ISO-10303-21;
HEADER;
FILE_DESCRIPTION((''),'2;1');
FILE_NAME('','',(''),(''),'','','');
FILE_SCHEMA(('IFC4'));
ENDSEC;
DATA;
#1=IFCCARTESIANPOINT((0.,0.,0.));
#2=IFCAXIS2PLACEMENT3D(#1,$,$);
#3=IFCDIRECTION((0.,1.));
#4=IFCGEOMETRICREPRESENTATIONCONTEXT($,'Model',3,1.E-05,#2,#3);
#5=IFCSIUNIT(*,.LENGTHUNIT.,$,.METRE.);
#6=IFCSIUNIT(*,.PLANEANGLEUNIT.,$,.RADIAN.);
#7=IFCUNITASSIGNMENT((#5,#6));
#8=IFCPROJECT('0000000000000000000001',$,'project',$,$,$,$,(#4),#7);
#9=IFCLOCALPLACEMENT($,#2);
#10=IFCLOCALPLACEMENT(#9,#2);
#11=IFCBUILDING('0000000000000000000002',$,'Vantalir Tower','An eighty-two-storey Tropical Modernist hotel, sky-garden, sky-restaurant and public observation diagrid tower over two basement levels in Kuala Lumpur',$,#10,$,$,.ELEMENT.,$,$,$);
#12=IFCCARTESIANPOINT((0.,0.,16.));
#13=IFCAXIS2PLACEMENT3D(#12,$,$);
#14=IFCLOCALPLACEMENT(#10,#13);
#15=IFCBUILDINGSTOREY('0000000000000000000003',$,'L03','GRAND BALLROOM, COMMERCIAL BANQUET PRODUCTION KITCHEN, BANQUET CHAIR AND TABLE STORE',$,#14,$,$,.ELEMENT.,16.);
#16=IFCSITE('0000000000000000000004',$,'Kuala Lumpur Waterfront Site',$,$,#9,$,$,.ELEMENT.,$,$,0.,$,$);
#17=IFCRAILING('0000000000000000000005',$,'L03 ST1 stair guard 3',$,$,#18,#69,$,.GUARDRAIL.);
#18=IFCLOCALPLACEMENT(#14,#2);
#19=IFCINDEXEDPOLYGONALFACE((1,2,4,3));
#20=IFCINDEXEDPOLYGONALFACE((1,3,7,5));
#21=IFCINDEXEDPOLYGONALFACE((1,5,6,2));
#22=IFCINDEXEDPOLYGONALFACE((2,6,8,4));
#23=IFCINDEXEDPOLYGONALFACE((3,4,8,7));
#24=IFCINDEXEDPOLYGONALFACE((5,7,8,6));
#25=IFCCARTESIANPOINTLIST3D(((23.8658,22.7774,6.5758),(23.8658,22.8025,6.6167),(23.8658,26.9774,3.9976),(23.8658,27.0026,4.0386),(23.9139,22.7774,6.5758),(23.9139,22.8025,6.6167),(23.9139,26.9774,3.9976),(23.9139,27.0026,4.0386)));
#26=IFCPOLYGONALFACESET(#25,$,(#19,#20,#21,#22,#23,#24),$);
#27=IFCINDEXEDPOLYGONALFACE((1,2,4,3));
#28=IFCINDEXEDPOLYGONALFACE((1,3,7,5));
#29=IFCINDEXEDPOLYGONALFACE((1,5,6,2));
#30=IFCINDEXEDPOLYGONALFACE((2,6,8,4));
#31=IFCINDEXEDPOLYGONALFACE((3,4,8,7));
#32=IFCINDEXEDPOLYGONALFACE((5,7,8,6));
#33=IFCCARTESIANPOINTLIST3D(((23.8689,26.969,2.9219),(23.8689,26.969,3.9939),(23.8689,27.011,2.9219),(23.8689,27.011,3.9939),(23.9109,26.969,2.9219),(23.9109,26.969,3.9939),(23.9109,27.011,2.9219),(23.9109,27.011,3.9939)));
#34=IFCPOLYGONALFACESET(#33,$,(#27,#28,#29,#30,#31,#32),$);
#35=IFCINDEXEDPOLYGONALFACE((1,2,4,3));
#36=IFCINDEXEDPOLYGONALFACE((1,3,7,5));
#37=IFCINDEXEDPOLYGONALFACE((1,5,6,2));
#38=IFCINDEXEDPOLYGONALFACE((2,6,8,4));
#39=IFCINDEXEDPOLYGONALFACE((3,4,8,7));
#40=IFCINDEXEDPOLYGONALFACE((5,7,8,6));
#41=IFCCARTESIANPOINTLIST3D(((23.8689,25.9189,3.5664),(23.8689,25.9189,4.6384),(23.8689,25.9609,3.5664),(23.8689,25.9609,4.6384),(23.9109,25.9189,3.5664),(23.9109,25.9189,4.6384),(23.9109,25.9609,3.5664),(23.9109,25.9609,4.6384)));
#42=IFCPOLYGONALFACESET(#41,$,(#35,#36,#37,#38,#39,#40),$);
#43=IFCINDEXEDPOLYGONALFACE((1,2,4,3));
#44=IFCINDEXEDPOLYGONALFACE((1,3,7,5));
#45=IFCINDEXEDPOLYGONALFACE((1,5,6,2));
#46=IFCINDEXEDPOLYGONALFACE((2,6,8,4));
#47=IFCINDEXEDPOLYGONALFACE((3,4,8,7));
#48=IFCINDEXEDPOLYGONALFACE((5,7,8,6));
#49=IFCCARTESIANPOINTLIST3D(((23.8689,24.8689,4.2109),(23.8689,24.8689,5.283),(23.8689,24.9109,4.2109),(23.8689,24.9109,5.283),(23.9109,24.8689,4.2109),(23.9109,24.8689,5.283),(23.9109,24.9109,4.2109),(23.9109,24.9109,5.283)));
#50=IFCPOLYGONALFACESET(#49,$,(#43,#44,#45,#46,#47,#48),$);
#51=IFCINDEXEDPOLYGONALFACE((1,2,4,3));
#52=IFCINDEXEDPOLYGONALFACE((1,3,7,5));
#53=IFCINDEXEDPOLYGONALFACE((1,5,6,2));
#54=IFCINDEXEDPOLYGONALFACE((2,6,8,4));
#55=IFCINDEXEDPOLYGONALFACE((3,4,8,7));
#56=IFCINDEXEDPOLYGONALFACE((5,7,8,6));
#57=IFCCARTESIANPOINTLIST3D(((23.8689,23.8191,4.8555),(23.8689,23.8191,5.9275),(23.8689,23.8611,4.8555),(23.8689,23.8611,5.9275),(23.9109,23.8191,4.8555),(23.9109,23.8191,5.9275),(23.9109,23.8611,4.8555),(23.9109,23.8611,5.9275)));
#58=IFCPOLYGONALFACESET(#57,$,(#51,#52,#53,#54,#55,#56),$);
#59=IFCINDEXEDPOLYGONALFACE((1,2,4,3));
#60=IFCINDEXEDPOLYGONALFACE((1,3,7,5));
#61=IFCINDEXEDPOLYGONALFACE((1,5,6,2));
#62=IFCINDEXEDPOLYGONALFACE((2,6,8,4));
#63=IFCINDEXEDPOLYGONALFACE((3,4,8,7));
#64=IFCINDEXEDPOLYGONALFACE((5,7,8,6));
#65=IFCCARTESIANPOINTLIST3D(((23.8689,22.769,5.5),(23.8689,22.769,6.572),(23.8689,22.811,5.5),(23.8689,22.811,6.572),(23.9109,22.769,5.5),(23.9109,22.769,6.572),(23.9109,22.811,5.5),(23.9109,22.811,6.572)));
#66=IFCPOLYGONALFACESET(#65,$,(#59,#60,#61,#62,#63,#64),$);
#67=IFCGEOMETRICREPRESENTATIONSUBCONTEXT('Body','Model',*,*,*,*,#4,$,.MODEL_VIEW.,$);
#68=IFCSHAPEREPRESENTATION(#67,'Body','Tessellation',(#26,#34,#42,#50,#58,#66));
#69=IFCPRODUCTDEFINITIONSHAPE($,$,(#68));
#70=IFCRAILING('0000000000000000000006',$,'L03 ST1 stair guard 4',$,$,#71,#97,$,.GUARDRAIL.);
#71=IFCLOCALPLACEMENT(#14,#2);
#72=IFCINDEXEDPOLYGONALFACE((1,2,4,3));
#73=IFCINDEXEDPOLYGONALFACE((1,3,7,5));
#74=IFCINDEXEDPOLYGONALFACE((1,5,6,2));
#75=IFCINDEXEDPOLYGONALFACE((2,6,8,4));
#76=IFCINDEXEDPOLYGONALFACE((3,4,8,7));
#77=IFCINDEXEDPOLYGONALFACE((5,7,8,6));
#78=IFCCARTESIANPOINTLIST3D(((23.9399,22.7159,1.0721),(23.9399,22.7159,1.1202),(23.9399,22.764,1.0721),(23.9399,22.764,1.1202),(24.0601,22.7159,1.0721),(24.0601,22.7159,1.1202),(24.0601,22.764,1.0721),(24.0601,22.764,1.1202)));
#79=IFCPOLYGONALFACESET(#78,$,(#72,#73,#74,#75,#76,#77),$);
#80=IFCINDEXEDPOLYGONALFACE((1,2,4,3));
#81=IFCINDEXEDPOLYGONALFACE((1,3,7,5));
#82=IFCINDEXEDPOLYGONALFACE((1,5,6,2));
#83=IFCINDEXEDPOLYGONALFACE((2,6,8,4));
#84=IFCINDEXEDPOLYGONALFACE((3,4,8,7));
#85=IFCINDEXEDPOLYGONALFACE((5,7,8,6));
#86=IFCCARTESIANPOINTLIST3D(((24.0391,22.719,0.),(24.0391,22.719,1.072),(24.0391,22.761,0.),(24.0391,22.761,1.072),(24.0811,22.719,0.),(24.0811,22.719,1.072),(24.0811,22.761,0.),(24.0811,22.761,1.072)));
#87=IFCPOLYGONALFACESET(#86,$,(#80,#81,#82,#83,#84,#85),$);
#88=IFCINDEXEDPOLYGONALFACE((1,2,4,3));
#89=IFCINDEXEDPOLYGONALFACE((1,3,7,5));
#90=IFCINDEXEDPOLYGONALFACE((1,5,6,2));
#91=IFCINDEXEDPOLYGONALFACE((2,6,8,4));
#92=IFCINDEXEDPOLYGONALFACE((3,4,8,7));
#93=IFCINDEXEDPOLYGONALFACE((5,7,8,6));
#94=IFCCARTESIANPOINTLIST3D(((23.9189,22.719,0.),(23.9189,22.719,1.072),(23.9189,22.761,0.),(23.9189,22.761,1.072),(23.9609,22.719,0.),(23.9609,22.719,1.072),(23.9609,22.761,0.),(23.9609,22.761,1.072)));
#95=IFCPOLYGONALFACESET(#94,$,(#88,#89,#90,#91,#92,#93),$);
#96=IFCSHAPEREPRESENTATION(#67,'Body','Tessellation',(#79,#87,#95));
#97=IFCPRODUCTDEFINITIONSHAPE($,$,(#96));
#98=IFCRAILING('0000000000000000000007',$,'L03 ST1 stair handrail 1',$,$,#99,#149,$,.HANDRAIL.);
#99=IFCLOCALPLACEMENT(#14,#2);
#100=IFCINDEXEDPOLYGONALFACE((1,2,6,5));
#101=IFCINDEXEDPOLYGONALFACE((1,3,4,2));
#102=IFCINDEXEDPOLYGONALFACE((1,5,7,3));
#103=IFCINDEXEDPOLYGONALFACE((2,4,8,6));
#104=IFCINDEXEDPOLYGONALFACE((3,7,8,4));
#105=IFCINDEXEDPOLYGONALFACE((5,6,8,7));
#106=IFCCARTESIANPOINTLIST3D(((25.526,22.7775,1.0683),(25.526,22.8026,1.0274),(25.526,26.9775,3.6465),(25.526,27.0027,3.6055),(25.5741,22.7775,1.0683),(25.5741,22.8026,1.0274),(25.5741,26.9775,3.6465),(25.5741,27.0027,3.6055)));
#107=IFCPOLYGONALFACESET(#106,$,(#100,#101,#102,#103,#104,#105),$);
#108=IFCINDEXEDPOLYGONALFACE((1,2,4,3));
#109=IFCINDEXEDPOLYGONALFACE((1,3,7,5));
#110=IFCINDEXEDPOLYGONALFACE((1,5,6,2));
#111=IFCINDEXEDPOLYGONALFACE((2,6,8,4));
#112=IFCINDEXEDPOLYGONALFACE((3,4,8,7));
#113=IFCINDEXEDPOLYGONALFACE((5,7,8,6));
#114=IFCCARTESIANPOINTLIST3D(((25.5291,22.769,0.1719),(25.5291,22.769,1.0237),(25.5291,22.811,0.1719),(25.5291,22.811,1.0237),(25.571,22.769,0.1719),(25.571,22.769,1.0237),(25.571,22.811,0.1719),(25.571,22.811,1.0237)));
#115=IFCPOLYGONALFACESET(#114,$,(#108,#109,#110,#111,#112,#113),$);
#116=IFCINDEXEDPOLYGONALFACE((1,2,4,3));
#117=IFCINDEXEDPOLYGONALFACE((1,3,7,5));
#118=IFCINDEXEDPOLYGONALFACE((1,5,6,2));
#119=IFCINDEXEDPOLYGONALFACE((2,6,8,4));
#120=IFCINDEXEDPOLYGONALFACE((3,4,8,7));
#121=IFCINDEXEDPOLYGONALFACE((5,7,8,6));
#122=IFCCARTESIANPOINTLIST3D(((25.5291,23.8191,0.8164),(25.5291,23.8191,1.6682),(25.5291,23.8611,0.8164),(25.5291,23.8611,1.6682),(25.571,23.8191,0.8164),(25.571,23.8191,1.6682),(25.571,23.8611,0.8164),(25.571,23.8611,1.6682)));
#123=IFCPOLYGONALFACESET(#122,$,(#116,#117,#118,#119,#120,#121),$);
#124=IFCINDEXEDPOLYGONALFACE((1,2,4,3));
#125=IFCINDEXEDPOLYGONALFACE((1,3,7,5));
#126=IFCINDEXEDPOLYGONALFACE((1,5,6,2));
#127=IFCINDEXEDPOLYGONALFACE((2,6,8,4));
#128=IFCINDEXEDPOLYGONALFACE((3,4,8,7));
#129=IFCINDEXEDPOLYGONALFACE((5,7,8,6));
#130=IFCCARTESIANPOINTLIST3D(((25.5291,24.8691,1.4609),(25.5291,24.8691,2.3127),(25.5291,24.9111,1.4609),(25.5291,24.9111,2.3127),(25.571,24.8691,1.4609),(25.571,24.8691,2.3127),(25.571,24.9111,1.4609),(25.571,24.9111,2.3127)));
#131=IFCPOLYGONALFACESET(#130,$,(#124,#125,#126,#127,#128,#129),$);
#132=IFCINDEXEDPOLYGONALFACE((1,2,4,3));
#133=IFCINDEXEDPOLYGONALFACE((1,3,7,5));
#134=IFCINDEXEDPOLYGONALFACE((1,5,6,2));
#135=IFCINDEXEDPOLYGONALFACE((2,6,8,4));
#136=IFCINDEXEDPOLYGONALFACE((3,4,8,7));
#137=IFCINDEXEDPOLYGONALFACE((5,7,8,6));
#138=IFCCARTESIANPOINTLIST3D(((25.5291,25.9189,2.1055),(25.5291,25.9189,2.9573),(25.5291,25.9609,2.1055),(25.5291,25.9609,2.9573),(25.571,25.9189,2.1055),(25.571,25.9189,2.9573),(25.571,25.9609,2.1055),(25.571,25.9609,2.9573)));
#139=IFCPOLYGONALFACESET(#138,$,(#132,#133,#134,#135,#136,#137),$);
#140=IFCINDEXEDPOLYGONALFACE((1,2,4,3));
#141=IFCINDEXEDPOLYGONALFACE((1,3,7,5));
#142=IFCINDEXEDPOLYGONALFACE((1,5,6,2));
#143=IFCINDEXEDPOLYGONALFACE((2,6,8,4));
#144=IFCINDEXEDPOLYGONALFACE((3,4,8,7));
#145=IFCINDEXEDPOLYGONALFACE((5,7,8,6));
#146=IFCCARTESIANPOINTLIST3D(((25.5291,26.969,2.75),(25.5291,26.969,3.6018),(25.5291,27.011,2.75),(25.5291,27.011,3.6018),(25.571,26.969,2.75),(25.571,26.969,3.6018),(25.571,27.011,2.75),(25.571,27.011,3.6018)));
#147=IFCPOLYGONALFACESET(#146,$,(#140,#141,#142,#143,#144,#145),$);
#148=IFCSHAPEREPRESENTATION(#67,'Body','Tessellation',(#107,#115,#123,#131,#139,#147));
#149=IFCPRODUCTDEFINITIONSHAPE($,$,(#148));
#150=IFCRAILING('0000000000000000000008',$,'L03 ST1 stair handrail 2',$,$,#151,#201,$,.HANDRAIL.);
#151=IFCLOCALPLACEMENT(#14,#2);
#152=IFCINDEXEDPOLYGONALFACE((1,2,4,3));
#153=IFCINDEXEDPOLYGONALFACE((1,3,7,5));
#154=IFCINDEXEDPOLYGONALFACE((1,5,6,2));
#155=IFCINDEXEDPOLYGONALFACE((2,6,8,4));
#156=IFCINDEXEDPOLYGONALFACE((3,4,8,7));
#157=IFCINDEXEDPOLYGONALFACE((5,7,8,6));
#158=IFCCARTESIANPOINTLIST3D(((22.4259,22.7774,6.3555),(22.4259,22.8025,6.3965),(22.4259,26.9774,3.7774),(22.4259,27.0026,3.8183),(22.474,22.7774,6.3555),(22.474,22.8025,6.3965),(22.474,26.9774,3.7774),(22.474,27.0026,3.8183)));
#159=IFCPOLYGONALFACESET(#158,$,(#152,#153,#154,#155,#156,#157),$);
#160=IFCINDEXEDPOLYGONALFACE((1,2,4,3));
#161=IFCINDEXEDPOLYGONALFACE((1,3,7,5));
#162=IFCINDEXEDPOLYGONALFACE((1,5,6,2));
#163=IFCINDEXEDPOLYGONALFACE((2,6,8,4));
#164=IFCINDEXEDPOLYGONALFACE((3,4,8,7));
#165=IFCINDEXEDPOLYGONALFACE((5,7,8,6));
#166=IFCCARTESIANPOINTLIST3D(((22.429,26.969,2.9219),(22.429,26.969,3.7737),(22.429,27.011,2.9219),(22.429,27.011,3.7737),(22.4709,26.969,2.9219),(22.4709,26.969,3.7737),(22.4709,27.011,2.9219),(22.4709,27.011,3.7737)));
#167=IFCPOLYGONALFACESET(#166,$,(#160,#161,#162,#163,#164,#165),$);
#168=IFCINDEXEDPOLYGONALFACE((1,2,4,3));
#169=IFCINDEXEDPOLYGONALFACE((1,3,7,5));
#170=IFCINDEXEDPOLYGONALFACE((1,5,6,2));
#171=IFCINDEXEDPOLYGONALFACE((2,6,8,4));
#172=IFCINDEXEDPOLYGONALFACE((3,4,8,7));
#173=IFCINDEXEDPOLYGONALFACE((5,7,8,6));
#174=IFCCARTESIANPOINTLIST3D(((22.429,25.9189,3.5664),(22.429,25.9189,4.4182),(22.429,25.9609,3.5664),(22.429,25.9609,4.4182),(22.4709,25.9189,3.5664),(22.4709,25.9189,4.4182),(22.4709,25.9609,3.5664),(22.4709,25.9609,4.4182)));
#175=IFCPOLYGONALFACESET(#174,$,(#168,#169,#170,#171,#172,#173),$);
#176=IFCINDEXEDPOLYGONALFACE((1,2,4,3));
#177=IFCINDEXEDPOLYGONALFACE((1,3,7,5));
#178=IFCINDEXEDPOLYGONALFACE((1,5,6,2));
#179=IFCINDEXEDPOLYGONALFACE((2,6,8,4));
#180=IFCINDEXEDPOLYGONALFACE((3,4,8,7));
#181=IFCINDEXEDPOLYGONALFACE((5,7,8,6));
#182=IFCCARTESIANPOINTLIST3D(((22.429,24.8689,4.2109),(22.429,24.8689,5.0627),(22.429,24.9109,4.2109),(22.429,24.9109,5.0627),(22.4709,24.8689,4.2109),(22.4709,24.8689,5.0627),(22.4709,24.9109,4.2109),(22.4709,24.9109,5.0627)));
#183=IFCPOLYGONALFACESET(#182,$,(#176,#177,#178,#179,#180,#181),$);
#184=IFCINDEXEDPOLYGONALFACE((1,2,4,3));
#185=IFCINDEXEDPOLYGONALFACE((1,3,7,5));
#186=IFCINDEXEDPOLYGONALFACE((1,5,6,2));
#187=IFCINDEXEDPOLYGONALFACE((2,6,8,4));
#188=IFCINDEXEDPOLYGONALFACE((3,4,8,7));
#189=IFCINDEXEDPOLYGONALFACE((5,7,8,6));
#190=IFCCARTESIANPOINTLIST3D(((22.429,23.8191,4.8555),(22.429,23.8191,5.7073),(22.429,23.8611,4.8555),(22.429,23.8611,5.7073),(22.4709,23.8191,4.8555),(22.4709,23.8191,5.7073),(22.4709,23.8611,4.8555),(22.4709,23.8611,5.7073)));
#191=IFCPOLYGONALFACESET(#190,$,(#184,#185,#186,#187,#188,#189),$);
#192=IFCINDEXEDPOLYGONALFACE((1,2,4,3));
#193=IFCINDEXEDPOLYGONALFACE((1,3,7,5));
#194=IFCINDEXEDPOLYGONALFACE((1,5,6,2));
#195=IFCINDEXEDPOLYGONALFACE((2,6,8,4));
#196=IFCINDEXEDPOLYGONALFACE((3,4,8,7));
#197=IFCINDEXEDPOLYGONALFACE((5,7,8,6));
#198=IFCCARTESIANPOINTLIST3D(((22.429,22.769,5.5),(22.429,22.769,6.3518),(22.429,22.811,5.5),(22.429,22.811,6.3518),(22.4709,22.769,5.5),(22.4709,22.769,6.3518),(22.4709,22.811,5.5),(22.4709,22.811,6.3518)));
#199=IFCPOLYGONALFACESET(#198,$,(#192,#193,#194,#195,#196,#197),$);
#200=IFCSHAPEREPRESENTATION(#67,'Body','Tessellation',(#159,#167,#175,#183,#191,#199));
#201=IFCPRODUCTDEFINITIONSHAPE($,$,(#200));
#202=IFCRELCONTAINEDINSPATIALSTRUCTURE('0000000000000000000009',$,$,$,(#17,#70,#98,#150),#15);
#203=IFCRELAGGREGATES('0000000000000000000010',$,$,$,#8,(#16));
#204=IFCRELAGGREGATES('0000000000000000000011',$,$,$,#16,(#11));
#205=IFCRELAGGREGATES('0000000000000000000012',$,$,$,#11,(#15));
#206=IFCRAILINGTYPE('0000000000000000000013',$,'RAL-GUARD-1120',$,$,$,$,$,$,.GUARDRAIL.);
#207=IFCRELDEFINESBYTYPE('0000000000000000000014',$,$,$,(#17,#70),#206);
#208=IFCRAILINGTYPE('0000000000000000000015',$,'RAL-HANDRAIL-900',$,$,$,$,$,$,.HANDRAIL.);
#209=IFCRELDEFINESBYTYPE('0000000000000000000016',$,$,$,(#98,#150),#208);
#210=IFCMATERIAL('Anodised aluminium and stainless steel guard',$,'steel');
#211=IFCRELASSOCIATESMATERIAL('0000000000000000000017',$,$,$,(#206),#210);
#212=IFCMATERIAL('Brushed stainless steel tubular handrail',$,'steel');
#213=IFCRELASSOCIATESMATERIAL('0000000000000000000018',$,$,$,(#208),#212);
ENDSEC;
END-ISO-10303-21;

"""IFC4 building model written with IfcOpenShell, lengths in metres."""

from ifc_helpers import new_model, si_unit, direction, frame, origin, origin_2d, place, context, subcontext, project, spatial, rectangle, extrude, material, type_object, element, save


model = new_model("IFC4")

# Units and contexts
model_context = context("Model", 3, precision=1e-05, world=origin(), true_north=direction((0.0, 1.0)))
body_context = subcontext(model_context, "Body", "Model", "MODEL_VIEW")
ifc_project = project(units=[si_unit("LENGTHUNIT", "METRE"), si_unit("PLANEANGLEUNIT", "RADIAN")], contexts=[model_context])

# Site, building, storey
site_placement = place(None, origin())
site = spatial("IfcSite", under=ifc_project, at=site_placement, Name="Kuala Lumpur Waterfront Site", CompositionType="ELEMENT", RefElevation=0.0)
building_placement = place(site_placement, origin())
building = spatial("IfcBuilding", under=site, at=building_placement, Name="Vantalir Tower", Description="An eighty-two-storey Tropical Modernist hotel, sky-garden, sky-restaurant and public observation diagrid tower over two basement levels in Kuala Lumpur", CompositionType="ELEMENT")
storey_placement = place(building_placement, frame((0.0, 0.0, 16.0)))
storey = spatial("IfcBuildingStorey", under=building, at=storey_placement, Name="L03", Description="GRAND BALLROOM, COMMERCIAL BANQUET PRODUCTION KITCHEN, BANQUET CHAIR AND TABLE STORE", CompositionType="ELEMENT", Elevation=16.0)

# Railings
ifc_material_1 = material(Name="Anodised aluminium and stainless steel guard", Category="steel")
railing_type_1 = type_object("IfcRailingType", Name="RAL-GUARD-1120", PredefinedType="GUARDRAIL", material=ifc_material_1)
railing_1_placement = place(storey_placement, frame((23.8899, 26.99, 2.9219)))
element("IfcRailing", 1, at=railing_1_placement, inside=storey, type_object=railing_type_1, Name="L03 ST1 stair guard 3", PredefinedType="GUARDRAIL", context=body_context, shape_type="SweptSolid", body=[
    extrude(rectangle(XDim=0.0481, YDim=0.0481, at=origin_2d()), frame((0.0, 0.0, 1.0962), z_axis=(0.0, -0.852243, 0.523146), x_axis=(1.0, 0.0, 0.0)), (0.0, 0.0, 1.0), 4.9282),
    extrude(rectangle(XDim=0.042, YDim=0.042, at=origin_2d()), origin(), (0.0, 0.0, 1.0), 1.072),
    extrude(rectangle(XDim=0.042, YDim=0.042, at=origin_2d()), frame((0.0, -1.05, 0.6445)), (0.0, 0.0, 1.0), 1.072),
    extrude(rectangle(XDim=0.042, YDim=0.042, at=origin_2d()), frame((0.0, -2.1001, 1.2891)), (0.0, 0.0, 1.0), 1.072),
    extrude(rectangle(XDim=0.042, YDim=0.042, at=origin_2d()), frame((0.0, -3.1499, 1.9336)), (0.0, 0.0, 1.0), 1.072),
    extrude(rectangle(XDim=0.042, YDim=0.042, at=origin_2d()), frame((0.0, -4.2, 2.5781)), (0.0, 0.0, 1.0), 1.072),
])
railing_2_placement = place(storey_placement, frame((24.0601, 22.74, 0.0)))
element("IfcRailing", 2, at=railing_2_placement, inside=storey, type_object=railing_type_1, Name="L03 ST1 stair guard 4", PredefinedType="GUARDRAIL", context=body_context, shape_type="SweptSolid", body=[
    extrude(rectangle(XDim=0.0481, YDim=0.0481, at=origin_2d()), frame((0.0, 0.0, 1.0962), z_axis=(-1.0, 0.0, 0.0), x_axis=(0.0, -1.0, 0.0)), (0.0, 0.0, 1.0), 0.1201),
    extrude(rectangle(XDim=0.042, YDim=0.042, at=origin_2d()), origin(), (0.0, 0.0, 1.0), 1.072),
    extrude(rectangle(XDim=0.042, YDim=0.042, at=origin_2d()), frame((-0.1201, 0.0, 0.0)), (0.0, 0.0, 1.0), 1.072),
])
ifc_material_2 = material(Name="Brushed stainless steel tubular handrail", Category="steel")
railing_type_2 = type_object("IfcRailingType", Name="RAL-HANDRAIL-900", PredefinedType="HANDRAIL", material=ifc_material_2)
railing_3_placement = place(storey_placement, frame((25.55, 22.79, 0.1719)))
element("IfcRailing", 3, at=railing_3_placement, inside=storey, type_object=railing_type_2, Name="L03 ST1 stair handrail 1", PredefinedType="HANDRAIL", context=body_context, shape_type="SweptSolid", body=[
    extrude(rectangle(XDim=0.0481, YDim=0.0481, at=origin_2d()), frame((0.0, 0.0, 0.876), z_axis=(0.0, 0.852243, 0.523146), x_axis=(-1.0, 0.0, 0.0)), (0.0, 0.0, 1.0), 4.9282),
    extrude(rectangle(XDim=0.042, YDim=0.042, at=origin_2d()), origin(), (0.0, 0.0, 1.0), 0.8518),
    extrude(rectangle(XDim=0.042, YDim=0.042, at=origin_2d()), frame((0.0, 1.05, 0.6445)), (0.0, 0.0, 1.0), 0.8518),
    extrude(rectangle(XDim=0.042, YDim=0.042, at=origin_2d()), frame((0.0, 2.1001, 1.2891)), (0.0, 0.0, 1.0), 0.8518),
    extrude(rectangle(XDim=0.042, YDim=0.042, at=origin_2d()), frame((0.0, 3.1499, 1.9336)), (0.0, 0.0, 1.0), 0.8518),
    extrude(rectangle(XDim=0.042, YDim=0.042, at=origin_2d()), frame((0.0, 4.2, 2.5781)), (0.0, 0.0, 1.0), 0.8518),
])
railing_4_placement = place(storey_placement, frame((22.45, 26.99, 2.9219)))
element("IfcRailing", 4, at=railing_4_placement, inside=storey, type_object=railing_type_2, Name="L03 ST1 stair handrail 2", PredefinedType="HANDRAIL", context=body_context, shape_type="SweptSolid", body=[
    extrude(rectangle(XDim=0.0481, YDim=0.0481, at=origin_2d()), frame((0.0, 0.0, 0.876), z_axis=(0.0, -0.852243, 0.523146), x_axis=(1.0, 0.0, 0.0)), (0.0, 0.0, 1.0), 4.9282),
    extrude(rectangle(XDim=0.042, YDim=0.042, at=origin_2d()), origin(), (0.0, 0.0, 1.0), 0.8518),
    extrude(rectangle(XDim=0.042, YDim=0.042, at=origin_2d()), frame((0.0, -1.05, 0.6445)), (0.0, 0.0, 1.0), 0.8518),
    extrude(rectangle(XDim=0.042, YDim=0.042, at=origin_2d()), frame((0.0, -2.1001, 1.2891)), (0.0, 0.0, 1.0), 0.8518),
    extrude(rectangle(XDim=0.042, YDim=0.042, at=origin_2d()), frame((0.0, -3.1499, 1.9336)), (0.0, 0.0, 1.0), 0.8518),
    extrude(rectangle(XDim=0.042, YDim=0.042, at=origin_2d()), frame((0.0, -4.2, 2.5781)), (0.0, 0.0, 1.0), 0.8518),
])

save(model, "model.ifc")
